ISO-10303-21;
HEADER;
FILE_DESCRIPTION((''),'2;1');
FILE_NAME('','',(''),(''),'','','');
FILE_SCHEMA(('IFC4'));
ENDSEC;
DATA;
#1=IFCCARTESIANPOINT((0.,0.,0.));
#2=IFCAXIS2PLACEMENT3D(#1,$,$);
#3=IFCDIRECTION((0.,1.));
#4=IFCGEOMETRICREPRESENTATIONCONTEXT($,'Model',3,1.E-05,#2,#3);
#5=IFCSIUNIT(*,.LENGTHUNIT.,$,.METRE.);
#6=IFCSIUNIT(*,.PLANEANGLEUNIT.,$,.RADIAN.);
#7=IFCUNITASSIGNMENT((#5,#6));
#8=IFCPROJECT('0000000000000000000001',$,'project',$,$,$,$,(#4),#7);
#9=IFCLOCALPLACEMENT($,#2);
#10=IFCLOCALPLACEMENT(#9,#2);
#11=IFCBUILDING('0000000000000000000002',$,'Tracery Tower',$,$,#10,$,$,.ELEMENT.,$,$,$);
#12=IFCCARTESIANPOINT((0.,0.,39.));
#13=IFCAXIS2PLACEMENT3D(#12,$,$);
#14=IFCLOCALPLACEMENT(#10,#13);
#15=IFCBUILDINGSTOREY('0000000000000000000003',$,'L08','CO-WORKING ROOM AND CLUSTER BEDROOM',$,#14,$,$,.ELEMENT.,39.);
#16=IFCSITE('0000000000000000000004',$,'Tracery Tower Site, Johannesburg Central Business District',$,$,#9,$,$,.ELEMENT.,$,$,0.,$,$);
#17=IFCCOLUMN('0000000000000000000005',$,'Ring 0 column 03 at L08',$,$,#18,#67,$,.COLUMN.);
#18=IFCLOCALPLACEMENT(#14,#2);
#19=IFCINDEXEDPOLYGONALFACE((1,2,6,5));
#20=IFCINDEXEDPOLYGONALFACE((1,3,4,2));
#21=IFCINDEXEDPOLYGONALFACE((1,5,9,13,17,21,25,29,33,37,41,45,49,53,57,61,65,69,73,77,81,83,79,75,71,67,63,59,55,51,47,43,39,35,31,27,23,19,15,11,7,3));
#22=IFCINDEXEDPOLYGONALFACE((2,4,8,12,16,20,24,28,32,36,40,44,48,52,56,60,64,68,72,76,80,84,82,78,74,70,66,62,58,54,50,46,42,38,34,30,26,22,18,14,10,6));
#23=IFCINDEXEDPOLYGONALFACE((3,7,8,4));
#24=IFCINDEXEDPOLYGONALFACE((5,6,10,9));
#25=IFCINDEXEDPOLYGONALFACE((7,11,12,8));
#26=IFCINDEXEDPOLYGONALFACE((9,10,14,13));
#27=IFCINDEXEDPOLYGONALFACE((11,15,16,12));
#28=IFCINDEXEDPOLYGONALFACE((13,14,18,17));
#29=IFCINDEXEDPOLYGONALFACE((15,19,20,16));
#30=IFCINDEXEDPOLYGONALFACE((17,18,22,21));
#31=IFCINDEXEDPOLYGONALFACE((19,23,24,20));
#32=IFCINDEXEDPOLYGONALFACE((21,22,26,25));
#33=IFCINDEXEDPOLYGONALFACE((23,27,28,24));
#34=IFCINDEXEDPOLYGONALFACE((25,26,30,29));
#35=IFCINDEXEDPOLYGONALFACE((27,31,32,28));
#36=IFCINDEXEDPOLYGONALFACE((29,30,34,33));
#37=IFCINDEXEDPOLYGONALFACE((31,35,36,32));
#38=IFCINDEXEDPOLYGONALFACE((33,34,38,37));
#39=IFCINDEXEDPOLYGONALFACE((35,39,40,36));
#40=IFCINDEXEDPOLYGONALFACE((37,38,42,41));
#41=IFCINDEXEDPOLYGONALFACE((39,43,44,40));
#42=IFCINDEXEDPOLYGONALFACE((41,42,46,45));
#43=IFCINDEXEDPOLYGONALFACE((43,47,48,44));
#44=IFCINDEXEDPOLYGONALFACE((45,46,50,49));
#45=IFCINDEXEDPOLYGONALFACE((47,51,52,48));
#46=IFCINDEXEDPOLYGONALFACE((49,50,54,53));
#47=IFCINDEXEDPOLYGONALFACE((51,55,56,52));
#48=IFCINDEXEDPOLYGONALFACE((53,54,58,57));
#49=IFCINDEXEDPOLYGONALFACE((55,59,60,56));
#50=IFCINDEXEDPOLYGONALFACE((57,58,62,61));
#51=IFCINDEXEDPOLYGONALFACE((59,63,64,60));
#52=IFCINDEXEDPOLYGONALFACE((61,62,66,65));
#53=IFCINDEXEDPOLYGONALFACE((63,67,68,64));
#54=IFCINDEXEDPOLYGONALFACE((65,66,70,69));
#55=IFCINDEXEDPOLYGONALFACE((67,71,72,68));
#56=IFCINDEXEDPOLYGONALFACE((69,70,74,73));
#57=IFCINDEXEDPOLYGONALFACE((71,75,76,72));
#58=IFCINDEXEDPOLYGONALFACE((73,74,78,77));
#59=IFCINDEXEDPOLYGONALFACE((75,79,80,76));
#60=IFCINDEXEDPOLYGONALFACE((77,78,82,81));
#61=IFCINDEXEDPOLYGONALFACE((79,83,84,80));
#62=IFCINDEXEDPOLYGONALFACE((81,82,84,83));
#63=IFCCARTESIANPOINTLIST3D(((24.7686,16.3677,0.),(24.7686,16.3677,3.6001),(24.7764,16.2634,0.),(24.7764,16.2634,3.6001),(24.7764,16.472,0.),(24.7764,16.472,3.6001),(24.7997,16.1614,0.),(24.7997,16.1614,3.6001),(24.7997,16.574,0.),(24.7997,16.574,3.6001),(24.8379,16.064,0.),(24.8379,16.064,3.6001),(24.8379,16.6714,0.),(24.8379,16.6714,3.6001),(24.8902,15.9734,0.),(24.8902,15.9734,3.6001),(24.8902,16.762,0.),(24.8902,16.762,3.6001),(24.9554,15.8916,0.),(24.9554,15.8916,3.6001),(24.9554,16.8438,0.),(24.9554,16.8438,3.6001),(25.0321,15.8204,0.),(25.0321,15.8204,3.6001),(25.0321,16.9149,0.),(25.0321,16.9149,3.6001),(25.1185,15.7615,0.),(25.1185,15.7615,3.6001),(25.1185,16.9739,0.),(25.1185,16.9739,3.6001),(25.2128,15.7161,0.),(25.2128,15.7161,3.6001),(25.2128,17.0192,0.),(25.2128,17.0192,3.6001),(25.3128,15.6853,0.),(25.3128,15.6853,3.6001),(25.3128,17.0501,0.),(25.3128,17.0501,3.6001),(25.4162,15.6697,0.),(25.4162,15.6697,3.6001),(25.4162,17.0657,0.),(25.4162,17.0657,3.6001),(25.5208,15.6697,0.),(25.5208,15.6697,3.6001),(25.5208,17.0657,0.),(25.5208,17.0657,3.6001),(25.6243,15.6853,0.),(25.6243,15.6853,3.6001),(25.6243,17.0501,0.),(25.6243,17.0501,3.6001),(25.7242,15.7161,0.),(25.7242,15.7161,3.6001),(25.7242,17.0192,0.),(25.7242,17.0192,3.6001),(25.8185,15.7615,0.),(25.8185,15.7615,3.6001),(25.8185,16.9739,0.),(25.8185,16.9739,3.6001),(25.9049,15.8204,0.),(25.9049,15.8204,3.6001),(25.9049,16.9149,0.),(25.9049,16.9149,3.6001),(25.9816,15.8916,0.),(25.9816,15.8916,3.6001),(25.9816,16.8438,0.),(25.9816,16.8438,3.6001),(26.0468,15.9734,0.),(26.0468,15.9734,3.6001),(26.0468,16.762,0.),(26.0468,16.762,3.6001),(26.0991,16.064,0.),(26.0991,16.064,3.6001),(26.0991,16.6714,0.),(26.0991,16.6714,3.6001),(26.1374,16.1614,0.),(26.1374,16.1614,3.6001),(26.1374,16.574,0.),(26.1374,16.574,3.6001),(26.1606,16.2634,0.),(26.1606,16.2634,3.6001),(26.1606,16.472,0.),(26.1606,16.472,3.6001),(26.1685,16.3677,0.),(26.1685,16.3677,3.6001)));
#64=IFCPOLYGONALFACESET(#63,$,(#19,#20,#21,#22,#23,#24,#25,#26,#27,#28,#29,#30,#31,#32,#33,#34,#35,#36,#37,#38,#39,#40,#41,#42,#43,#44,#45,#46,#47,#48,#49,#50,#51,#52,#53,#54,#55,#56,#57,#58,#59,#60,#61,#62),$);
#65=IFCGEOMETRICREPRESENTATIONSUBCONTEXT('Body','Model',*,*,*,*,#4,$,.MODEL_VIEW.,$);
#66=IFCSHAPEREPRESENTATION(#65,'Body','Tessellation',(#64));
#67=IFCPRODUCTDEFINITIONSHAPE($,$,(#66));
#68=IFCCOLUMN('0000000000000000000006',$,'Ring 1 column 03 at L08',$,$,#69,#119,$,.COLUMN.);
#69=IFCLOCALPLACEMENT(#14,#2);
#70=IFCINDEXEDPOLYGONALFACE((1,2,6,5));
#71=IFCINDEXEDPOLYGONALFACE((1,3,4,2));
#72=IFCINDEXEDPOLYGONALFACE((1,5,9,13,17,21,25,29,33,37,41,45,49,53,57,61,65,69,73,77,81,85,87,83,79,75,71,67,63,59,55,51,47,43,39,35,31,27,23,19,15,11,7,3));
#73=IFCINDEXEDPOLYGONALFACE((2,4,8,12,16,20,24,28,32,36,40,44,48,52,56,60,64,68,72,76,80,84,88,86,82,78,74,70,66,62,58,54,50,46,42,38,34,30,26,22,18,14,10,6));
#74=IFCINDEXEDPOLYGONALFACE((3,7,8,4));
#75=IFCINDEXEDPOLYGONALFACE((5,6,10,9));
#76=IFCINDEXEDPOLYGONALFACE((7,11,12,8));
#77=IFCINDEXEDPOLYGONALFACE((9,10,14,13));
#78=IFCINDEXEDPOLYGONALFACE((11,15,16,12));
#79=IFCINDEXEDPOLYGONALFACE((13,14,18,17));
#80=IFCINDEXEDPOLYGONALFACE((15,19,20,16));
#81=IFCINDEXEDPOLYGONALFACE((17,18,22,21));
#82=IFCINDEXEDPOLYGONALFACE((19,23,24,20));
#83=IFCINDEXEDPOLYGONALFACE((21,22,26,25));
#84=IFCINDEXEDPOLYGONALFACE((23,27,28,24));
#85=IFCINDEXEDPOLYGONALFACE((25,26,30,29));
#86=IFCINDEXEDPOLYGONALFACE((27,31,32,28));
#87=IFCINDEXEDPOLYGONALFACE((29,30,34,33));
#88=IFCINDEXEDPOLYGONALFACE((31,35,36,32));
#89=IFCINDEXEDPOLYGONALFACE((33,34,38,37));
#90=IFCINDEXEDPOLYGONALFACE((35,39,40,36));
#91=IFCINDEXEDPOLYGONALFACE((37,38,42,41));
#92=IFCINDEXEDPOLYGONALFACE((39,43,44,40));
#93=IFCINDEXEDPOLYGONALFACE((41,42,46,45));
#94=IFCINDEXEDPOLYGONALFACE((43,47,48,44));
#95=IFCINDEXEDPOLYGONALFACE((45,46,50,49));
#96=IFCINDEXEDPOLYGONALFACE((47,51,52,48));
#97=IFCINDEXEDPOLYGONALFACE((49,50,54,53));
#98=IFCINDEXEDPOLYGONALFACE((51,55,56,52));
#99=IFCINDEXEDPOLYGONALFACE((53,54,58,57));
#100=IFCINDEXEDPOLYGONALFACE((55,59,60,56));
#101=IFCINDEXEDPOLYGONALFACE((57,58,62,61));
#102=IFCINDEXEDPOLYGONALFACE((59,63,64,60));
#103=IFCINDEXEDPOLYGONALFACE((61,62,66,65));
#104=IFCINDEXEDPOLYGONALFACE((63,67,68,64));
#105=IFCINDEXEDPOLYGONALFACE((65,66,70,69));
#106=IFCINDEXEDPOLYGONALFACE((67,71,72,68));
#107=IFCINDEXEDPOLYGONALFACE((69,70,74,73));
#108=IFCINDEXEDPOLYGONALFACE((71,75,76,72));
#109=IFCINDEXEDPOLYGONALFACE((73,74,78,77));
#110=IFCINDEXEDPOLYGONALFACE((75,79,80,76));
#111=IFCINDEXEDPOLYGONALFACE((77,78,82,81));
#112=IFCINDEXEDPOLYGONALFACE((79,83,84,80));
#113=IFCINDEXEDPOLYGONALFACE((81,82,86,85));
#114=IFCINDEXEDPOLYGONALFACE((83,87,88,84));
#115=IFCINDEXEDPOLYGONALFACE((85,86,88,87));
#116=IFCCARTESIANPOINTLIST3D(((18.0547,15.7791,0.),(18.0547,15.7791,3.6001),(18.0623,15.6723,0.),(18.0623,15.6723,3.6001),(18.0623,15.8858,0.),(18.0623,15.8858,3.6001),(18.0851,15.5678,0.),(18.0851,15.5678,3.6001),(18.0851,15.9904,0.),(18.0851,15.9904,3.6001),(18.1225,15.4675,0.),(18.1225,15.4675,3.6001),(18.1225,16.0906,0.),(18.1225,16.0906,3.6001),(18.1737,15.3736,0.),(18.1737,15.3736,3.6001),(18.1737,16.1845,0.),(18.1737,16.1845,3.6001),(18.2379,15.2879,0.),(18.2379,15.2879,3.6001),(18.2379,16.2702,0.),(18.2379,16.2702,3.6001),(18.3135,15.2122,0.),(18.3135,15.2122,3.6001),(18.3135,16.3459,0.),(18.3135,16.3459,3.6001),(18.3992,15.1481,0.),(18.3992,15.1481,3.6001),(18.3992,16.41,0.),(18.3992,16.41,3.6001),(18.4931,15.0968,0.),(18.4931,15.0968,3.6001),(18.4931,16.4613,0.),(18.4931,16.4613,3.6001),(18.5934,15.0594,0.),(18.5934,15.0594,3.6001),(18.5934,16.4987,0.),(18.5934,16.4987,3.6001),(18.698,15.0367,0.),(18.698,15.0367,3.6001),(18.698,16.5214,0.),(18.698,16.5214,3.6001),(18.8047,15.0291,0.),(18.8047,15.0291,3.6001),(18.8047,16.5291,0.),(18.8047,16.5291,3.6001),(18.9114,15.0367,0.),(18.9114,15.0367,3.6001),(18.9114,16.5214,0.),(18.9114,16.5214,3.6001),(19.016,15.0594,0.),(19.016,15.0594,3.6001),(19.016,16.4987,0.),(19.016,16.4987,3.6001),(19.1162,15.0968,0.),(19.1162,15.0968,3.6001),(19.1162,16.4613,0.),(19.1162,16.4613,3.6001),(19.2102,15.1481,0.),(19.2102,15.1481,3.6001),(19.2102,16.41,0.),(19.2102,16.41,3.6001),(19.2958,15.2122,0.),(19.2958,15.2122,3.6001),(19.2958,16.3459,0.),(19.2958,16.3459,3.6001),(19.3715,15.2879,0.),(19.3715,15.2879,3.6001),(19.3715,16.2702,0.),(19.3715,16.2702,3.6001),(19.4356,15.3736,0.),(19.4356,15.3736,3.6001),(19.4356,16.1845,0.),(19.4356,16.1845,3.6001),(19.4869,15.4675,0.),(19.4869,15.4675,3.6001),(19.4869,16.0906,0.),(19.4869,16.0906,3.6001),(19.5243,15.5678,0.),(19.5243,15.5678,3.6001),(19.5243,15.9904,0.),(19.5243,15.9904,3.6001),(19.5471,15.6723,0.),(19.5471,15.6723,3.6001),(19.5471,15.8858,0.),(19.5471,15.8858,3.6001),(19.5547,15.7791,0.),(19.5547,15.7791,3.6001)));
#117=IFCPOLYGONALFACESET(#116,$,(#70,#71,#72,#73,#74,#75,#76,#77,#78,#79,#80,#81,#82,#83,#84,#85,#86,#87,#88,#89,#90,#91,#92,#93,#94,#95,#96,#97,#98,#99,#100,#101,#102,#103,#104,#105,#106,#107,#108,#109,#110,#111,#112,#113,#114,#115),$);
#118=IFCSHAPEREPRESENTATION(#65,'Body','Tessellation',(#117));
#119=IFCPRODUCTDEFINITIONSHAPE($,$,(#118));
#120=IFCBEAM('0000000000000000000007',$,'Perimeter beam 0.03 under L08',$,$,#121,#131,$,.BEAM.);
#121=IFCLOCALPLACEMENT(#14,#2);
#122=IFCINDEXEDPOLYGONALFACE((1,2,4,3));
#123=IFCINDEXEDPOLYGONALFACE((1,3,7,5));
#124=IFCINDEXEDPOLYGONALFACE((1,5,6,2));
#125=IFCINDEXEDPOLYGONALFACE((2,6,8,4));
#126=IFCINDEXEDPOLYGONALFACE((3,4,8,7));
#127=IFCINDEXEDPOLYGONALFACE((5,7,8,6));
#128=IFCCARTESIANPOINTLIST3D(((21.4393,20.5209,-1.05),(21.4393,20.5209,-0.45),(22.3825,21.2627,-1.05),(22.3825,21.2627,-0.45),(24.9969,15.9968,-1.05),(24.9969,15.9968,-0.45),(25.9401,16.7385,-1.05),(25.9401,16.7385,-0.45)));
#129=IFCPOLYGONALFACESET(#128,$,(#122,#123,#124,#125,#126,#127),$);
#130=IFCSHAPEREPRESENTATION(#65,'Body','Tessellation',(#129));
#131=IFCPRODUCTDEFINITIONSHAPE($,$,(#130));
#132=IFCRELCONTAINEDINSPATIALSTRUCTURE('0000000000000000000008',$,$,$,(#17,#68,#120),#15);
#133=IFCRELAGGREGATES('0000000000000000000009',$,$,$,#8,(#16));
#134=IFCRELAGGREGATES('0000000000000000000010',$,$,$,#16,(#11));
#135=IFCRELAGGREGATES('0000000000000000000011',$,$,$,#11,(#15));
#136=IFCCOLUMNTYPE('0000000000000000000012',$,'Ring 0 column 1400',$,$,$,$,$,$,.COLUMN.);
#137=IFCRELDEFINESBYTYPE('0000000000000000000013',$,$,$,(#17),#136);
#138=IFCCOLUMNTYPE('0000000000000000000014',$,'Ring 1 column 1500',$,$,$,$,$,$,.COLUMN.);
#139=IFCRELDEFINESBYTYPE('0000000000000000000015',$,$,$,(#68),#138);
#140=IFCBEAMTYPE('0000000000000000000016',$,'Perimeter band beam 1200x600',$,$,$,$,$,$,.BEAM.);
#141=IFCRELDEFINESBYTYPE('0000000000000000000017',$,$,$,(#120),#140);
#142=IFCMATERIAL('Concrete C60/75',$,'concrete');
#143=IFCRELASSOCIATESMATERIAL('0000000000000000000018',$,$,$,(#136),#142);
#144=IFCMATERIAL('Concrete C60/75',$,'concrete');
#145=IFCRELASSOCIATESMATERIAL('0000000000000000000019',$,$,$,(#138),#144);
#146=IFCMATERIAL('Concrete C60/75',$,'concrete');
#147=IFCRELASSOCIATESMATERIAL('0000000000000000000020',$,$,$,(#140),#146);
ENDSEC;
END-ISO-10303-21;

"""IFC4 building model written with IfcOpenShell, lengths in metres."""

from ifc_helpers import new_model, si_unit, direction, frame, origin, origin_2d, place, context, subcontext, project, spatial, rectangle, circle, extrude, material, material_profile, profile_set, type_object, element, save


model = new_model("IFC4")

# Units and contexts
model_context = context("Model", 3, precision=1e-05, world=origin(), true_north=direction((0.0, 1.0)))
body_context = subcontext(model_context, "Body", "Model", "MODEL_VIEW")
ifc_project = project(units=[si_unit("LENGTHUNIT", "METRE"), si_unit("PLANEANGLEUNIT", "RADIAN")], contexts=[model_context])

# Site, building, storey
site_placement = place(None, origin())
site = spatial("IfcSite", under=ifc_project, at=site_placement, Name="Tracery Tower Site, Johannesburg Central Business District", CompositionType="ELEMENT", RefElevation=0.0)
building_placement = place(site_placement, origin())
building = spatial("IfcBuilding", under=site, at=building_placement, Name="Tracery Tower", CompositionType="ELEMENT")
storey_placement = place(building_placement, frame((0.0, 0.0, 39.0)))
storey = spatial("IfcBuildingStorey", under=building, at=storey_placement, Name="L08", Description="CO-WORKING ROOM AND CLUSTER BEDROOM", CompositionType="ELEMENT", Elevation=39.0)

# Columns
ifc_material_1 = material(Name="Concrete C60/75", Category="concrete")
ifc_material_profile_1 = material_profile(ifc_material_1, circle(Radius=0.7, at=origin_2d()), Name="RC D1400")
ifc_profile_set_1 = profile_set([ifc_material_profile_1], Name="Concrete C60/75")
column_type_1 = type_object("IfcColumnType", Name="Ring 0 column 1400", PredefinedType="COLUMN", material=ifc_profile_set_1)
column_1_placement = place(storey_placement, frame((25.4685, 16.3677, 0.0), z_axis=(0.0, 0.0, 1.0), x_axis=(1.0, 0.0, 0.0)))
element("IfcColumn", 1, at=column_1_placement, inside=storey, type_object=column_type_1, Name="Ring 0 column 03 at L08", PredefinedType="COLUMN", context=body_context, shape_type="SweptSolid", body=[
    extrude(circle(Radius=0.7, at=origin_2d()), origin(), (0.0, 0.0, 1.0), 3.6001),
])
ifc_material_2 = material(Name="Concrete C60/75", Category="concrete")
ifc_material_profile_2 = material_profile(ifc_material_2, circle(Radius=0.75, at=origin_2d()), Name="RC D1500")
ifc_profile_set_2 = profile_set([ifc_material_profile_2], Name="Concrete C60/75")
column_type_2 = type_object("IfcColumnType", Name="Ring 1 column 1500", PredefinedType="COLUMN", material=ifc_profile_set_2)
column_2_placement = place(storey_placement, frame((18.8047, 15.7791, 0.0), z_axis=(0.0, 0.0, 1.0), x_axis=(1.0, 0.0, 0.0)))
element("IfcColumn", 2, at=column_2_placement, inside=storey, type_object=column_type_2, Name="Ring 1 column 03 at L08", PredefinedType="COLUMN", context=body_context, shape_type="SweptSolid", body=[
    extrude(circle(Radius=0.75, at=origin_2d()), origin(), (0.0, 0.0, 1.0), 3.6001),
])

# Beam
ifc_material_3 = material(Name="Concrete C60/75", Category="concrete")
ifc_material_profile_3 = material_profile(ifc_material_3, rectangle(XDim=1.2, YDim=0.6001, at=origin_2d()), Name="RC 1200x600")
ifc_profile_set_3 = profile_set([ifc_material_profile_3], Name="Concrete C60/75")
beam_type = type_object("IfcBeamType", Name="Perimeter band beam 1200x600", PredefinedType="BEAM", material=ifc_profile_set_3)
beam_placement = place(storey_placement, frame((25.4685, 16.3677, -0.75), z_axis=(-0.618134, 0.786072, 0.0), x_axis=(-0.786072, -0.618134, 0.0)))
element("IfcBeam", 3, at=beam_placement, inside=storey, type_object=beam_type, Name="Perimeter beam 0.03 under L08", PredefinedType="BEAM", context=body_context, shape_type="SweptSolid", body=[
    extrude(rectangle(XDim=1.2, YDim=0.6001, at=origin_2d()), origin(), (0.0, 0.0, 1.0), 5.7554),
])

save(model, "model.ifc")
